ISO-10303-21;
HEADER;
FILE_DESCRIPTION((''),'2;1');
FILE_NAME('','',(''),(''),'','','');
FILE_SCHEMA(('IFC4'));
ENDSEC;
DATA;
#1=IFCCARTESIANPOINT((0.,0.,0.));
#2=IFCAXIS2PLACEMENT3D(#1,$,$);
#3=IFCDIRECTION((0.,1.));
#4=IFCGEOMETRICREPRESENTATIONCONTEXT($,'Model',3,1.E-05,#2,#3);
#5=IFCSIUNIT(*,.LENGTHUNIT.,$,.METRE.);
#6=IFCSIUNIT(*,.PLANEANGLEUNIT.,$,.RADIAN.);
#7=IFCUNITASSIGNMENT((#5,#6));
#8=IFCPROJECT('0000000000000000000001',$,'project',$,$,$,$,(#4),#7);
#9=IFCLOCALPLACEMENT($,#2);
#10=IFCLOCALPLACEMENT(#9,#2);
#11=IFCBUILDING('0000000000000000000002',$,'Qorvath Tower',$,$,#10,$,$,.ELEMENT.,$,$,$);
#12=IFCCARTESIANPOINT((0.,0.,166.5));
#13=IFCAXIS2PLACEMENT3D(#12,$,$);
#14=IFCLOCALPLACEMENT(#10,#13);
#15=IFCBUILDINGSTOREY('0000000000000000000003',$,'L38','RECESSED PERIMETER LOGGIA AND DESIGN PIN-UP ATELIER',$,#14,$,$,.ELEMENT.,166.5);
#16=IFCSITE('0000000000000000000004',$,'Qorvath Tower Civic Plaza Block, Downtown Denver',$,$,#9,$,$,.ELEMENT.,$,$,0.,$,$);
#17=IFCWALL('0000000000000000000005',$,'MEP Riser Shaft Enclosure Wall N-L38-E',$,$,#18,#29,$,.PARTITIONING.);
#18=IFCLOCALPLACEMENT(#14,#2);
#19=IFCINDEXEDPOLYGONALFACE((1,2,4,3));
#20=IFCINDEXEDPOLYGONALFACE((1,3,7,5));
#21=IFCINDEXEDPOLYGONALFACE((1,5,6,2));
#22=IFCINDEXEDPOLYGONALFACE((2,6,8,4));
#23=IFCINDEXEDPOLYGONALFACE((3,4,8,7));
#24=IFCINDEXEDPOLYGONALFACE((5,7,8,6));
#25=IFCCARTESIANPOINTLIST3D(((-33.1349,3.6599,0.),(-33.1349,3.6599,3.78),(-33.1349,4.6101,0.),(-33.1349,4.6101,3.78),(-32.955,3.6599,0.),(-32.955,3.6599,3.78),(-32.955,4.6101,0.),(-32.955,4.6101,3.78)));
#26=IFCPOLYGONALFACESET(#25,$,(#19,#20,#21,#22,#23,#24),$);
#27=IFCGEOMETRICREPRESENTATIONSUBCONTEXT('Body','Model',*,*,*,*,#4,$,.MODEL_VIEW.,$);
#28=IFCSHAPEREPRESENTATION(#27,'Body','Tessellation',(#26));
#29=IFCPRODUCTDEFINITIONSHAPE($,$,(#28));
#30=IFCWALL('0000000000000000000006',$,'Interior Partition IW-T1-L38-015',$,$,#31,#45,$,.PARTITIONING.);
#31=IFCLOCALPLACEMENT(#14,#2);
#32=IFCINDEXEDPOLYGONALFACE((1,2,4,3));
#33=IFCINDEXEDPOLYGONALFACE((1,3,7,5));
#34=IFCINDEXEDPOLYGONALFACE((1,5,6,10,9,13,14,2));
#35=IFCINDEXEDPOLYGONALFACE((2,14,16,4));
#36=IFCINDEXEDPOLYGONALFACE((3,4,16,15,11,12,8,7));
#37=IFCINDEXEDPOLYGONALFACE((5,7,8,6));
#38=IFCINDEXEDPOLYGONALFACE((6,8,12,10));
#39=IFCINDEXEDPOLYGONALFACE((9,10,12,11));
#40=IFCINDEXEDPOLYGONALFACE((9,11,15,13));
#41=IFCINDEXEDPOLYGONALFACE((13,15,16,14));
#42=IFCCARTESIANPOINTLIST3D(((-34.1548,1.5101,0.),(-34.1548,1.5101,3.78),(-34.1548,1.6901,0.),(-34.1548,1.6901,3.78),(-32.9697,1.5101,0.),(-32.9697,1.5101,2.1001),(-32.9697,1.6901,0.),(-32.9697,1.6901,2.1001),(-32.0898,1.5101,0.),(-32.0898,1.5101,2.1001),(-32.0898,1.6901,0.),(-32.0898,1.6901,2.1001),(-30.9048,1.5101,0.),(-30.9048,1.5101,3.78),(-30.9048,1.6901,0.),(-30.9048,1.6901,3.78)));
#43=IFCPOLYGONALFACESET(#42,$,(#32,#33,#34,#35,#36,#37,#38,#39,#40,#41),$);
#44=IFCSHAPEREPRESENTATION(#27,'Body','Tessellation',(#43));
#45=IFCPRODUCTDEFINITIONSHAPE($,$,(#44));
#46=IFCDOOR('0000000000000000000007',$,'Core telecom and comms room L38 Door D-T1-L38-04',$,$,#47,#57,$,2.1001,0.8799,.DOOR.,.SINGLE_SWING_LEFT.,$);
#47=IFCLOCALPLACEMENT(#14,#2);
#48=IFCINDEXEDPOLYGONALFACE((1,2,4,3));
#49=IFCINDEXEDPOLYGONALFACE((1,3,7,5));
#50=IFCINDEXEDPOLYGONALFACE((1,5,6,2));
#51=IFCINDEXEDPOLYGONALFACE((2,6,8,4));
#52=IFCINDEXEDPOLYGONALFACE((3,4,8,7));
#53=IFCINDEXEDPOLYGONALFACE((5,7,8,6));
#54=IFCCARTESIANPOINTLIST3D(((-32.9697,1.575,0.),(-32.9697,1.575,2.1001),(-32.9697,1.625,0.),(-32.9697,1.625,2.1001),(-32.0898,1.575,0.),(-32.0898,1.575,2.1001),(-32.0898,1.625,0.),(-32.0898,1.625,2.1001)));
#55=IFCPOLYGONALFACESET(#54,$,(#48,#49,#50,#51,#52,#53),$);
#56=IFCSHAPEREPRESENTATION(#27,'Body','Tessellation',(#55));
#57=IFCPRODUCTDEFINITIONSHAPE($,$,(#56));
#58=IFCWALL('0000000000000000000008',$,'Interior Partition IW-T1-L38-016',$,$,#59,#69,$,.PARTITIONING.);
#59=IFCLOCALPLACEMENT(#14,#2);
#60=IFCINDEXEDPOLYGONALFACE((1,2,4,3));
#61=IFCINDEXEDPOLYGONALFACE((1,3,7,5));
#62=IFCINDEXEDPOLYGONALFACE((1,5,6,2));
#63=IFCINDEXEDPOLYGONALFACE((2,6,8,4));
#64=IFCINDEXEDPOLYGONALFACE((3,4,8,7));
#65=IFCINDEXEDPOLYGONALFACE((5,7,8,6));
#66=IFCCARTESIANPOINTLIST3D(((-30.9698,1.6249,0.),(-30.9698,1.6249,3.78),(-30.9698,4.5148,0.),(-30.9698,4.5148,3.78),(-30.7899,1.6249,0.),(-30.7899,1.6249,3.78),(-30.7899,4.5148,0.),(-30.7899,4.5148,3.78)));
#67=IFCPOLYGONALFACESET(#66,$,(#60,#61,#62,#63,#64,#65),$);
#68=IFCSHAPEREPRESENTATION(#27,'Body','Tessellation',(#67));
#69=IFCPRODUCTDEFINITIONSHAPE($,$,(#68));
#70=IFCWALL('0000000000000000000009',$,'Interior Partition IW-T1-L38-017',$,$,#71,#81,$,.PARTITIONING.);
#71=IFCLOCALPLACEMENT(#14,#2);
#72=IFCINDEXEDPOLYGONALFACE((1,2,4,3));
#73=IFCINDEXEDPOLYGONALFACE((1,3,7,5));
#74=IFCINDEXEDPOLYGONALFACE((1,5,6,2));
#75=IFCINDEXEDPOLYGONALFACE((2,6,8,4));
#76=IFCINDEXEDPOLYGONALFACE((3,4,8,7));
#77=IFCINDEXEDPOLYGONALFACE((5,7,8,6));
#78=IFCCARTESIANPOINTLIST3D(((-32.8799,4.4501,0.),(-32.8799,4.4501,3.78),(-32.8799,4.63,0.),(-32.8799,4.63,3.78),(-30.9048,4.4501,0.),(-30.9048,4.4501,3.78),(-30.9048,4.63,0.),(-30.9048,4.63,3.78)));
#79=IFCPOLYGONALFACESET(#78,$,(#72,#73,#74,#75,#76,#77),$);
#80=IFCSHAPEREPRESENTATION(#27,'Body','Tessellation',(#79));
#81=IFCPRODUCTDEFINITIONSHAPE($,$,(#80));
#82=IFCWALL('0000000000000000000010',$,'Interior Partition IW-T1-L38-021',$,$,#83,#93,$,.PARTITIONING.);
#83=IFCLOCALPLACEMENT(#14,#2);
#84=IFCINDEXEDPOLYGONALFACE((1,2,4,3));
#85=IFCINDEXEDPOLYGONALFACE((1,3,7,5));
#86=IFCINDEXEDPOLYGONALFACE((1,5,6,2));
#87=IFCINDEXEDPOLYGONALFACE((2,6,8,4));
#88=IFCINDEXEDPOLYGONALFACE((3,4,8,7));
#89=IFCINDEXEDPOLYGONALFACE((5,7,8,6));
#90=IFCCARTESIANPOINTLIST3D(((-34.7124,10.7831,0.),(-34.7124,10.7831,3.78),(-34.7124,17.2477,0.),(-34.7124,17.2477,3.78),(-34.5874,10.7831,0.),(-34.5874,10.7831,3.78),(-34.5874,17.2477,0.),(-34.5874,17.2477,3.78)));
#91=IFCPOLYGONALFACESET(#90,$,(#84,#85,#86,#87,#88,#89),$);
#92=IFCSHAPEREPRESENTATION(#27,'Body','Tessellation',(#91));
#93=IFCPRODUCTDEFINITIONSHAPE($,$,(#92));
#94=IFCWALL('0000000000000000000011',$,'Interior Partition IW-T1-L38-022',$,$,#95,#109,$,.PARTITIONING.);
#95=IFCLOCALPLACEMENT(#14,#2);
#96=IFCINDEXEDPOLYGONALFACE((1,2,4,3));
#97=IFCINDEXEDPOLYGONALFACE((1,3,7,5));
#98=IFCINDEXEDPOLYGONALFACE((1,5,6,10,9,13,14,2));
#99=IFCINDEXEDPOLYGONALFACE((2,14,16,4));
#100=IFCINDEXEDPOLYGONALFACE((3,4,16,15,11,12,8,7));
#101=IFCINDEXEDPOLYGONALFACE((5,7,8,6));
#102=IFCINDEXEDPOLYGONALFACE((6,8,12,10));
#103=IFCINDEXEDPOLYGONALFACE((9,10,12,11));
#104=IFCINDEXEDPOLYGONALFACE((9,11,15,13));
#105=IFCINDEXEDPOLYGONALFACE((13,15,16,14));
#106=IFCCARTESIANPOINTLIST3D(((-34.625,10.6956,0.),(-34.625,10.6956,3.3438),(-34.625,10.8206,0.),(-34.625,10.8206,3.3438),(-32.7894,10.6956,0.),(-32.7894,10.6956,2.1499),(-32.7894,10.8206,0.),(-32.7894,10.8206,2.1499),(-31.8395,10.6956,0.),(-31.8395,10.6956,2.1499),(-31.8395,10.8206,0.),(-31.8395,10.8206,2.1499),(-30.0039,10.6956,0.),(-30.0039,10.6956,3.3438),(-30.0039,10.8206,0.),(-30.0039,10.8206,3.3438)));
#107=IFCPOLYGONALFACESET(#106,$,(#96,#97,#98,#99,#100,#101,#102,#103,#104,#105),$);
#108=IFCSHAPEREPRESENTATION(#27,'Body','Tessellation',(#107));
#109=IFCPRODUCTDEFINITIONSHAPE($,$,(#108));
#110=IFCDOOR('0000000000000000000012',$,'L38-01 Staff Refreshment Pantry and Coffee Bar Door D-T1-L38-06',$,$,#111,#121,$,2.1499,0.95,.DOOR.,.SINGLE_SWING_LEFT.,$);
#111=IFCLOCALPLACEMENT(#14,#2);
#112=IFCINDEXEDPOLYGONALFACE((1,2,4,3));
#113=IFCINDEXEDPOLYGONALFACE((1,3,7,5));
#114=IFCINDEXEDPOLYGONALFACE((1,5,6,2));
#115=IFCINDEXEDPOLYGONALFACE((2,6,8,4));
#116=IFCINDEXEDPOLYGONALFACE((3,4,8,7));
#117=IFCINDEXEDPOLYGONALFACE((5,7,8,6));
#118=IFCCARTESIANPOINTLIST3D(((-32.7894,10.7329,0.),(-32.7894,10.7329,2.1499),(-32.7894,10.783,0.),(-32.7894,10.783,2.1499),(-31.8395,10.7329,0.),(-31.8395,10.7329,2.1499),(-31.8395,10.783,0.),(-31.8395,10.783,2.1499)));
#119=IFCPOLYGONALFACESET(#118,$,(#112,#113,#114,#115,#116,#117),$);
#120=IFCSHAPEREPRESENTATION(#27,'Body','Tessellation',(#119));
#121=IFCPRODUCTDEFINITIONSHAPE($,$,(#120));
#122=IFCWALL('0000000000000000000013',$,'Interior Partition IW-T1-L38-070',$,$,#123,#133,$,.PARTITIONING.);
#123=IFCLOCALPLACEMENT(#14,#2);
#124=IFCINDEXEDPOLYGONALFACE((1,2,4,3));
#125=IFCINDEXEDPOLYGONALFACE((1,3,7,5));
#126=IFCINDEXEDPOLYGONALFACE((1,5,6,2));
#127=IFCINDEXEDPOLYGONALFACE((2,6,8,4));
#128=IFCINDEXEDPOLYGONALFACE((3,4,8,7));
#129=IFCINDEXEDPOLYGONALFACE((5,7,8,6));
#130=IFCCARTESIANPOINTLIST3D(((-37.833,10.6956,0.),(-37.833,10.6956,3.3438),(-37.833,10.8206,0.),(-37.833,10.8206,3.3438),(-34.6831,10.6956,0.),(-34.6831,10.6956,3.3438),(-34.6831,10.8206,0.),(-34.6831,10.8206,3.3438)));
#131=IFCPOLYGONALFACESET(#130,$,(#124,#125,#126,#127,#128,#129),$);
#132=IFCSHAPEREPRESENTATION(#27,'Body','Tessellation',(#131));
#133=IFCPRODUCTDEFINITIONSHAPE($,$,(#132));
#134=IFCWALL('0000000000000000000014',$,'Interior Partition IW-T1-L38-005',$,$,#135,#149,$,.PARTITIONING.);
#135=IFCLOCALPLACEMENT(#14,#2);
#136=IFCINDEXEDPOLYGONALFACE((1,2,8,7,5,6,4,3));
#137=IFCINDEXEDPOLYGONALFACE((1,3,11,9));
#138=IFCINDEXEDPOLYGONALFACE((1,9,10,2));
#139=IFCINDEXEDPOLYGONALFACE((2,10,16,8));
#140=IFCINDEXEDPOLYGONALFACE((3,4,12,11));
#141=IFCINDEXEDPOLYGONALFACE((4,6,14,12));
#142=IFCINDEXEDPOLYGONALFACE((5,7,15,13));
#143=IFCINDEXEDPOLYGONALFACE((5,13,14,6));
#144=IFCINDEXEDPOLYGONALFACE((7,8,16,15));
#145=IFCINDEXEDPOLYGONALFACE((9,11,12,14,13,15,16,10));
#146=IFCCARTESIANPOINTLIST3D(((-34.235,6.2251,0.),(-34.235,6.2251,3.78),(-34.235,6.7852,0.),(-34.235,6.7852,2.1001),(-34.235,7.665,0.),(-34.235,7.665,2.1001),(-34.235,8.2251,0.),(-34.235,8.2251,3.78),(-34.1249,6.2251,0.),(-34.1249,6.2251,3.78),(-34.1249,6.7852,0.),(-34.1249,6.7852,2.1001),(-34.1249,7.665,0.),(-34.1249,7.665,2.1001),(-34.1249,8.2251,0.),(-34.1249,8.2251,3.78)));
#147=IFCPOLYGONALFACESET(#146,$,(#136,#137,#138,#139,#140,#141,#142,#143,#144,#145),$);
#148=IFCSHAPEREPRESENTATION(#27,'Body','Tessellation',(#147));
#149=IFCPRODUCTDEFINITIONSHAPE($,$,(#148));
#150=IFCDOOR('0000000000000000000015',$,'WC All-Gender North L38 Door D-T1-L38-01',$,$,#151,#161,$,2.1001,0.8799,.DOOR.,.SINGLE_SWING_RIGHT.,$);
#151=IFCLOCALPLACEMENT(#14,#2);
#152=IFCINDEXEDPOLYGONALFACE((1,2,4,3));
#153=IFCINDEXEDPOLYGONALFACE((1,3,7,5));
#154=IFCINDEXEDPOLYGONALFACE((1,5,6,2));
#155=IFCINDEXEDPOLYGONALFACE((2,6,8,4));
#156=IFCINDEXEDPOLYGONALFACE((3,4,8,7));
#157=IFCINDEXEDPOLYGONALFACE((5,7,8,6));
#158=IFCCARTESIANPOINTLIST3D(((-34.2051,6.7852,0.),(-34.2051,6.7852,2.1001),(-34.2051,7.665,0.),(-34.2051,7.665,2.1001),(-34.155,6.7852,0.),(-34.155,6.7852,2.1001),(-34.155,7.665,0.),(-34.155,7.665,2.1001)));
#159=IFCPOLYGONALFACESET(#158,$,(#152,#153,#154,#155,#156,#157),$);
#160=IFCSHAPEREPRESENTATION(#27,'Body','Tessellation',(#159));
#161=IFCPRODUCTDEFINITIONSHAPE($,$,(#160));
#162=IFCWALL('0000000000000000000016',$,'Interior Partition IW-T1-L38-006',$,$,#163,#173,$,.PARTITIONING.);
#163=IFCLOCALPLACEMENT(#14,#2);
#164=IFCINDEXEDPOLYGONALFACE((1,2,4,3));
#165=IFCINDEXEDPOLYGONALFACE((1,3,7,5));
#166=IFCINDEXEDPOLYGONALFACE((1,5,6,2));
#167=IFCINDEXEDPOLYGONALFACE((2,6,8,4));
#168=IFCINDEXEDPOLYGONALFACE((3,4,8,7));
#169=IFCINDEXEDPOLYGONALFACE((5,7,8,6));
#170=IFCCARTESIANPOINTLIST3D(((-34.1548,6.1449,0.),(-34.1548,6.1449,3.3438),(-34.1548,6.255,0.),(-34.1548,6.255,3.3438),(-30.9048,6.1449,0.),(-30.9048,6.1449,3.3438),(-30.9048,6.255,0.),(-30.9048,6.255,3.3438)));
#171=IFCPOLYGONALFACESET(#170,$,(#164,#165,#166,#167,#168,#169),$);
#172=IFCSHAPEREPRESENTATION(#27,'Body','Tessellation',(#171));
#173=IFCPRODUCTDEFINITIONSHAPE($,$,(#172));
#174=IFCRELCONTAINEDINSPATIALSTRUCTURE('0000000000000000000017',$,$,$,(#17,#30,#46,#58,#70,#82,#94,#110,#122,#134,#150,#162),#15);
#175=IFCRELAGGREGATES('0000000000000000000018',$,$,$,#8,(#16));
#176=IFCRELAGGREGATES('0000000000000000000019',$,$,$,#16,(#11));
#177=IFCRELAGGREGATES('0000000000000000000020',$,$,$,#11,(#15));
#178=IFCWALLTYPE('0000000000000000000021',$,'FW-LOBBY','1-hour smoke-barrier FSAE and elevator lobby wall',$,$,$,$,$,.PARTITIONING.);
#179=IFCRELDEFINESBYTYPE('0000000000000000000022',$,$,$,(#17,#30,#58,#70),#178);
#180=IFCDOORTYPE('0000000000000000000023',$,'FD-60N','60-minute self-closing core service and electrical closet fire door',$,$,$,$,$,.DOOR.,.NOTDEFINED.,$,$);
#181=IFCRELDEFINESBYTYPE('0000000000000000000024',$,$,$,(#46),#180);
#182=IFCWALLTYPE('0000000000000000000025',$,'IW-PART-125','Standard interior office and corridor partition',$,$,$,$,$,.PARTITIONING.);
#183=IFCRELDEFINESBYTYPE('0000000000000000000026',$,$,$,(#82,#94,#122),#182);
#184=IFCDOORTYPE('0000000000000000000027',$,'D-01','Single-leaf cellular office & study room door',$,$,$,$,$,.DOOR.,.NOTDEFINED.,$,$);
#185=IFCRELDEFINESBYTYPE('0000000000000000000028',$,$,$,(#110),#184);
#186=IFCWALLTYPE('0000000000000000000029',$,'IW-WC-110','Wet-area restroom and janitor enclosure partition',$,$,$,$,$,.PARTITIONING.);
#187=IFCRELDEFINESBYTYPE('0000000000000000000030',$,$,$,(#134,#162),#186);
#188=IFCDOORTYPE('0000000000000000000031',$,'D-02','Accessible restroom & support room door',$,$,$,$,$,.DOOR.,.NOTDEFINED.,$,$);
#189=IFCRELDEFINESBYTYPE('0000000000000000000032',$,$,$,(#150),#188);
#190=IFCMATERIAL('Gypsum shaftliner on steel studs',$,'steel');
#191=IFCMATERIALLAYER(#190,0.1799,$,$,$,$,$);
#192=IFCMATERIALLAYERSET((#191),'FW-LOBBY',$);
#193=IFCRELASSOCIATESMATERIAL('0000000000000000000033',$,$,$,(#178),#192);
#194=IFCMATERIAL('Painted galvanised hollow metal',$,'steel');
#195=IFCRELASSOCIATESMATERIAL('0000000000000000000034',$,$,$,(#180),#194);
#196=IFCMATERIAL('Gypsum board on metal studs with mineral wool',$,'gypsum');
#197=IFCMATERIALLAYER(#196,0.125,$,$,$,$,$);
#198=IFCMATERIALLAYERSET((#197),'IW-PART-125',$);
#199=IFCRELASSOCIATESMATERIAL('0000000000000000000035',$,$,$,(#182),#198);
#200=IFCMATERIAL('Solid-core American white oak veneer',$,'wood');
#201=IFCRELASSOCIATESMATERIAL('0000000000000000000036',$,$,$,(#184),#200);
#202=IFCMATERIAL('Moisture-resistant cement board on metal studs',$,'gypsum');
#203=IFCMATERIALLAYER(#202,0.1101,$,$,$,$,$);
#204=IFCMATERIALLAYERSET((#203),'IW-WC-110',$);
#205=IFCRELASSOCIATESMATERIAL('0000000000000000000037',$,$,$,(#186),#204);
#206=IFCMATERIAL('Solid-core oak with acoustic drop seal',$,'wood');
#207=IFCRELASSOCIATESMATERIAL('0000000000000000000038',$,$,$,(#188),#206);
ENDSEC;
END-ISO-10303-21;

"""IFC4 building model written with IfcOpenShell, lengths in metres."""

from ifc_helpers import new_model, si_unit, direction, frame, frame_2d, origin, place, context, subcontext, project, spatial, rectangle, extrude, material, layer, layer_set, type_object, element, fill, save


model = new_model("IFC4")

# Units and contexts
model_context = context("Model", 3, precision=1e-05, world=origin(), true_north=direction((0.0, 1.0)))
body_context = subcontext(model_context, "Body", "Model", "MODEL_VIEW")
ifc_project = project(units=[si_unit("LENGTHUNIT", "METRE"), si_unit("PLANEANGLEUNIT", "RADIAN")], contexts=[model_context])

# Site, building, storey
site_placement = place(None, origin())
site = spatial("IfcSite", under=ifc_project, at=site_placement, Name="Qorvath Tower Civic Plaza Block, Downtown Denver", CompositionType="ELEMENT", RefElevation=0.0)
building_placement = place(site_placement, origin())
building = spatial("IfcBuilding", under=site, at=building_placement, Name="Qorvath Tower", CompositionType="ELEMENT")
storey_placement = place(building_placement, frame((0.0, 0.0, 166.5)))
storey = spatial("IfcBuildingStorey", under=building, at=storey_placement, Name="L38", Description="RECESSED PERIMETER LOGGIA AND DESIGN PIN-UP ATELIER", CompositionType="ELEMENT", Elevation=166.5)

# Wall
ifc_material_1 = material(Name="Gypsum shaftliner on steel studs", Category="steel")
ifc_layer_1 = layer(ifc_material_1, 0.1799)
ifc_layer_set_1 = layer_set([ifc_layer_1], Name="FW-LOBBY")
wall_type_1 = type_object("IfcWallType", Name="FW-LOBBY", Description="1-hour smoke-barrier FSAE and elevator lobby wall", PredefinedType="PARTITIONING", material=ifc_layer_set_1)
for number, where, z_axis, x_axis, name in (
    (1, (-33.0449, 4.6101, 0.0), (0.0, 0.0, 1.0), (0.0, -1.0, 0.0), "MEP Riser Shaft Enclosure Wall N-L38-E"),
):
    element("IfcWall", number, at=place(storey_placement, frame(where, z_axis=z_axis, x_axis=x_axis)), inside=storey, type_object=wall_type_1, Name=name, PredefinedType="PARTITIONING", context=body_context, shape_type="SweptSolid", body=[
        extrude(rectangle(XDim=0.9502, YDim=0.1799, at=frame_2d((0.4751, 0.0))), origin(), (0.0, 0.0, 1.0), 3.78),
    ])

# Wall, opening, door
wall_1_placement = place(storey_placement, frame((-34.1548, 1.6001, 0.0), z_axis=(0.0, 0.0, 1.0), x_axis=(1.0, 0.0, 0.0)))
wall_1 = element("IfcWall", 2, at=wall_1_placement, inside=storey, type_object=wall_type_1, Name="Interior Partition IW-T1-L38-015", PredefinedType="PARTITIONING", context=body_context, shape_type="SweptSolid", body=[
    extrude(rectangle(XDim=3.25, YDim=0.1799, at=frame_2d((1.625, 0.0))), origin(), (0.0, 0.0, 1.0), 3.78),
])
opening_1_placement = place(wall_1_placement, frame((1.1851, 0.0, 0.0)))
opening_1 = element("IfcOpeningElement", 3, at=opening_1_placement, cuts=wall_1, PredefinedType="OPENING", context=body_context, shape_type="SweptSolid", body=[
    extrude(rectangle(XDim=0.8799, YDim=2.1001, at=frame_2d((0.4399, 1.05))), frame((0.0, 0.1001, 0.0), z_axis=(0.0, -1.0, 0.0), x_axis=(1.0, 0.0, 0.0)), (0.0, 0.0, 1.0), 0.2),
])
ifc_material_2 = material(Name="Painted galvanised hollow metal", Category="steel")
door_type_1 = type_object("IfcDoorType", Name="FD-60N", Description="60-minute self-closing core service and electrical closet fire door", OperationType="NOTDEFINED", PredefinedType="DOOR", material=ifc_material_2)
door_1_placement = place(opening_1_placement, origin())
door_1 = element("IfcDoor", 4, at=door_1_placement, inside=storey, type_object=door_type_1, Name="Core telecom and comms room L38 Door D-T1-L38-04", OperationType="SINGLE_SWING_LEFT", OverallHeight=2.1001, OverallWidth=0.8799, PredefinedType="DOOR", context=body_context, shape_type="SweptSolid", body=[
    extrude(rectangle(XDim=0.8799, YDim=2.1001, at=frame_2d((0.4399, 1.05))), frame((0.0, 0.0249, 0.0), z_axis=(0.0, -1.0, 0.0), x_axis=(1.0, 0.0, 0.0)), (0.0, 0.0, 1.0), 0.05),
])
fill(opening_1, door_1)

# Walls
wall_2_placement = place(storey_placement, frame((-30.8799, 1.625, 0.0), z_axis=(0.0, 0.0, 1.0), x_axis=(0.0, 1.0, 0.0)))
element("IfcWall", 5, at=wall_2_placement, inside=storey, type_object=wall_type_1, Name="Interior Partition IW-T1-L38-016", PredefinedType="PARTITIONING", context=body_context, shape_type="SweptSolid", body=[
    extrude(rectangle(XDim=2.8899, YDim=0.1799, at=frame_2d((1.4448, 0.0))), origin(), (0.0, 0.0, 1.0), 3.78),
])
wall_3_placement = place(storey_placement, frame((-30.9048, 4.54, 0.0), z_axis=(0.0, 0.0, 1.0), x_axis=(-1.0, 0.0, 0.0)))
element("IfcWall", 6, at=wall_3_placement, inside=storey, type_object=wall_type_1, Name="Interior Partition IW-T1-L38-017", PredefinedType="PARTITIONING", context=body_context, shape_type="SweptSolid", body=[
    extrude(rectangle(XDim=1.9751, YDim=0.1799, at=frame_2d((0.9875, 0.0))), origin(), (0.0, 0.0, 1.0), 3.78),
])
ifc_material_3 = material(Name="Gypsum board on metal studs with mineral wool", Category="gypsum")
ifc_layer_2 = layer(ifc_material_3, 0.125)
ifc_layer_set_2 = layer_set([ifc_layer_2], Name="IW-PART-125")
wall_type_2 = type_object("IfcWallType", Name="IW-PART-125", Description="Standard interior office and corridor partition", PredefinedType="PARTITIONING", material=ifc_layer_set_2)
wall_4_placement = place(storey_placement, frame((-34.6499, 17.2478, 0.0), z_axis=(0.0, 0.0, 1.0), x_axis=(0.0, -1.0, 0.0)))
element("IfcWall", 7, at=wall_4_placement, inside=storey, type_object=wall_type_2, Name="Interior Partition IW-T1-L38-021", PredefinedType="PARTITIONING", context=body_context, shape_type="SweptSolid", body=[
    extrude(rectangle(XDim=6.4646, YDim=0.125, at=frame_2d((3.2324, 0.0))), origin(), (0.0, 0.0, 1.0), 3.78),
])

# Wall, opening, door
wall_5_placement = place(storey_placement, frame((-34.625, 10.7581, 0.0), z_axis=(0.0, 0.0, 1.0), x_axis=(1.0, 0.0, 0.0)))
wall_5 = element("IfcWall", 8, at=wall_5_placement, inside=storey, type_object=wall_type_2, Name="Interior Partition IW-T1-L38-022", PredefinedType="PARTITIONING", context=body_context, shape_type="SweptSolid", body=[
    extrude(rectangle(XDim=4.6211, YDim=0.125, at=frame_2d((2.3105, 0.0))), origin(), (0.0, 0.0, 1.0), 3.3438),
])
opening_2_placement = place(wall_5_placement, frame((1.8354, 0.0, 0.0)))
opening_2 = element("IfcOpeningElement", 9, at=opening_2_placement, cuts=wall_5, PredefinedType="OPENING", context=body_context, shape_type="SweptSolid", body=[
    extrude(rectangle(XDim=0.95, YDim=2.1499, at=frame_2d((0.4751, 1.075))), frame((0.0, 0.0725, 0.0), z_axis=(0.0, -1.0, 0.0), x_axis=(1.0, 0.0, 0.0)), (0.0, 0.0, 1.0), 0.145),
])
ifc_material_4 = material(Name="Solid-core American white oak veneer", Category="wood")
door_type_2 = type_object("IfcDoorType", Name="D-01", Description="Single-leaf cellular office & study room door", OperationType="NOTDEFINED", PredefinedType="DOOR", material=ifc_material_4)
door_2_placement = place(opening_2_placement, origin())
door_2 = element("IfcDoor", 10, at=door_2_placement, inside=storey, type_object=door_type_2, Name="L38-01 Staff Refreshment Pantry and Coffee Bar Door D-T1-L38-06", OperationType="SINGLE_SWING_LEFT", OverallHeight=2.1499, OverallWidth=0.95, PredefinedType="DOOR", context=body_context, shape_type="SweptSolid", body=[
    extrude(rectangle(XDim=0.95, YDim=2.1499, at=frame_2d((0.4751, 1.075))), frame((0.0, 0.0249, 0.0), z_axis=(0.0, -1.0, 0.0), x_axis=(1.0, 0.0, 0.0)), (0.0, 0.0, 1.0), 0.05),
])
fill(opening_2, door_2)

# Wall
wall_6_placement = place(storey_placement, frame((-34.6831, 10.7581, 0.0), z_axis=(0.0, 0.0, 1.0), x_axis=(-1.0, 0.0, 0.0)))
element("IfcWall", 11, at=wall_6_placement, inside=storey, type_object=wall_type_2, Name="Interior Partition IW-T1-L38-070", PredefinedType="PARTITIONING", context=body_context, shape_type="SweptSolid", body=[
    extrude(rectangle(XDim=3.1499, YDim=0.125, at=frame_2d((1.575, 0.0))), origin(), (0.0, 0.0, 1.0), 3.3438),
])

# Wall, opening, door
ifc_material_5 = material(Name="Moisture-resistant cement board on metal studs", Category="gypsum")
ifc_layer_3 = layer(ifc_material_5, 0.1101)
ifc_layer_set_3 = layer_set([ifc_layer_3], Name="IW-WC-110")
wall_type_3 = type_object("IfcWallType", Name="IW-WC-110", Description="Wet-area restroom and janitor enclosure partition", PredefinedType="PARTITIONING", material=ifc_layer_set_3)
wall_7_placement = place(storey_placement, frame((-34.1799, 8.2251, 0.0), z_axis=(0.0, 0.0, 1.0), x_axis=(0.0, -1.0, 0.0)))
wall_7 = element("IfcWall", 12, at=wall_7_placement, inside=storey, type_object=wall_type_3, Name="Interior Partition IW-T1-L38-005", PredefinedType="PARTITIONING", context=body_context, shape_type="SweptSolid", body=[
    extrude(rectangle(XDim=2.0, YDim=0.1101, at=frame_2d((1.0, 0.0))), origin(), (0.0, 0.0, 1.0), 3.78),
])
opening_3_placement = place(wall_7_placement, frame((0.5601, 0.0, 0.0)))
opening_3 = element("IfcOpeningElement", 13, at=opening_3_placement, cuts=wall_7, PredefinedType="OPENING", context=body_context, shape_type="SweptSolid", body=[
    extrude(rectangle(XDim=0.8799, YDim=2.1001, at=frame_2d((0.4399, 1.05))), frame((0.0, 0.0649, 0.0), z_axis=(0.0, -1.0, 0.0), x_axis=(1.0, 0.0, 0.0)), (0.0, 0.0, 1.0), 0.1301),
])
ifc_material_6 = material(Name="Solid-core oak with acoustic drop seal", Category="wood")
door_type_3 = type_object("IfcDoorType", Name="D-02", Description="Accessible restroom & support room door", OperationType="NOTDEFINED", PredefinedType="DOOR", material=ifc_material_6)
door_3_placement = place(opening_3_placement, origin())
door_3 = element("IfcDoor", 14, at=door_3_placement, inside=storey, type_object=door_type_3, Name="WC All-Gender North L38 Door D-T1-L38-01", OperationType="SINGLE_SWING_RIGHT", OverallHeight=2.1001, OverallWidth=0.8799, PredefinedType="DOOR", context=body_context, shape_type="SweptSolid", body=[
    extrude(rectangle(XDim=0.8799, YDim=2.1001, at=frame_2d((0.4399, 1.05))), frame((0.0, 0.0249, 0.0), z_axis=(0.0, -1.0, 0.0), x_axis=(1.0, 0.0, 0.0)), (0.0, 0.0, 1.0), 0.05),
])
fill(opening_3, door_3)

# Wall
wall_8_placement = place(storey_placement, frame((-34.1548, 6.2, 0.0), z_axis=(0.0, 0.0, 1.0), x_axis=(1.0, 0.0, 0.0)))
element("IfcWall", 15, at=wall_8_placement, inside=storey, type_object=wall_type_3, Name="Interior Partition IW-T1-L38-006", PredefinedType="PARTITIONING", context=body_context, shape_type="SweptSolid", body=[
    extrude(rectangle(XDim=3.25, YDim=0.1101, at=frame_2d((1.625, 0.0))), origin(), (0.0, 0.0, 1.0), 3.3438),
])

save(model, "model.ifc")
